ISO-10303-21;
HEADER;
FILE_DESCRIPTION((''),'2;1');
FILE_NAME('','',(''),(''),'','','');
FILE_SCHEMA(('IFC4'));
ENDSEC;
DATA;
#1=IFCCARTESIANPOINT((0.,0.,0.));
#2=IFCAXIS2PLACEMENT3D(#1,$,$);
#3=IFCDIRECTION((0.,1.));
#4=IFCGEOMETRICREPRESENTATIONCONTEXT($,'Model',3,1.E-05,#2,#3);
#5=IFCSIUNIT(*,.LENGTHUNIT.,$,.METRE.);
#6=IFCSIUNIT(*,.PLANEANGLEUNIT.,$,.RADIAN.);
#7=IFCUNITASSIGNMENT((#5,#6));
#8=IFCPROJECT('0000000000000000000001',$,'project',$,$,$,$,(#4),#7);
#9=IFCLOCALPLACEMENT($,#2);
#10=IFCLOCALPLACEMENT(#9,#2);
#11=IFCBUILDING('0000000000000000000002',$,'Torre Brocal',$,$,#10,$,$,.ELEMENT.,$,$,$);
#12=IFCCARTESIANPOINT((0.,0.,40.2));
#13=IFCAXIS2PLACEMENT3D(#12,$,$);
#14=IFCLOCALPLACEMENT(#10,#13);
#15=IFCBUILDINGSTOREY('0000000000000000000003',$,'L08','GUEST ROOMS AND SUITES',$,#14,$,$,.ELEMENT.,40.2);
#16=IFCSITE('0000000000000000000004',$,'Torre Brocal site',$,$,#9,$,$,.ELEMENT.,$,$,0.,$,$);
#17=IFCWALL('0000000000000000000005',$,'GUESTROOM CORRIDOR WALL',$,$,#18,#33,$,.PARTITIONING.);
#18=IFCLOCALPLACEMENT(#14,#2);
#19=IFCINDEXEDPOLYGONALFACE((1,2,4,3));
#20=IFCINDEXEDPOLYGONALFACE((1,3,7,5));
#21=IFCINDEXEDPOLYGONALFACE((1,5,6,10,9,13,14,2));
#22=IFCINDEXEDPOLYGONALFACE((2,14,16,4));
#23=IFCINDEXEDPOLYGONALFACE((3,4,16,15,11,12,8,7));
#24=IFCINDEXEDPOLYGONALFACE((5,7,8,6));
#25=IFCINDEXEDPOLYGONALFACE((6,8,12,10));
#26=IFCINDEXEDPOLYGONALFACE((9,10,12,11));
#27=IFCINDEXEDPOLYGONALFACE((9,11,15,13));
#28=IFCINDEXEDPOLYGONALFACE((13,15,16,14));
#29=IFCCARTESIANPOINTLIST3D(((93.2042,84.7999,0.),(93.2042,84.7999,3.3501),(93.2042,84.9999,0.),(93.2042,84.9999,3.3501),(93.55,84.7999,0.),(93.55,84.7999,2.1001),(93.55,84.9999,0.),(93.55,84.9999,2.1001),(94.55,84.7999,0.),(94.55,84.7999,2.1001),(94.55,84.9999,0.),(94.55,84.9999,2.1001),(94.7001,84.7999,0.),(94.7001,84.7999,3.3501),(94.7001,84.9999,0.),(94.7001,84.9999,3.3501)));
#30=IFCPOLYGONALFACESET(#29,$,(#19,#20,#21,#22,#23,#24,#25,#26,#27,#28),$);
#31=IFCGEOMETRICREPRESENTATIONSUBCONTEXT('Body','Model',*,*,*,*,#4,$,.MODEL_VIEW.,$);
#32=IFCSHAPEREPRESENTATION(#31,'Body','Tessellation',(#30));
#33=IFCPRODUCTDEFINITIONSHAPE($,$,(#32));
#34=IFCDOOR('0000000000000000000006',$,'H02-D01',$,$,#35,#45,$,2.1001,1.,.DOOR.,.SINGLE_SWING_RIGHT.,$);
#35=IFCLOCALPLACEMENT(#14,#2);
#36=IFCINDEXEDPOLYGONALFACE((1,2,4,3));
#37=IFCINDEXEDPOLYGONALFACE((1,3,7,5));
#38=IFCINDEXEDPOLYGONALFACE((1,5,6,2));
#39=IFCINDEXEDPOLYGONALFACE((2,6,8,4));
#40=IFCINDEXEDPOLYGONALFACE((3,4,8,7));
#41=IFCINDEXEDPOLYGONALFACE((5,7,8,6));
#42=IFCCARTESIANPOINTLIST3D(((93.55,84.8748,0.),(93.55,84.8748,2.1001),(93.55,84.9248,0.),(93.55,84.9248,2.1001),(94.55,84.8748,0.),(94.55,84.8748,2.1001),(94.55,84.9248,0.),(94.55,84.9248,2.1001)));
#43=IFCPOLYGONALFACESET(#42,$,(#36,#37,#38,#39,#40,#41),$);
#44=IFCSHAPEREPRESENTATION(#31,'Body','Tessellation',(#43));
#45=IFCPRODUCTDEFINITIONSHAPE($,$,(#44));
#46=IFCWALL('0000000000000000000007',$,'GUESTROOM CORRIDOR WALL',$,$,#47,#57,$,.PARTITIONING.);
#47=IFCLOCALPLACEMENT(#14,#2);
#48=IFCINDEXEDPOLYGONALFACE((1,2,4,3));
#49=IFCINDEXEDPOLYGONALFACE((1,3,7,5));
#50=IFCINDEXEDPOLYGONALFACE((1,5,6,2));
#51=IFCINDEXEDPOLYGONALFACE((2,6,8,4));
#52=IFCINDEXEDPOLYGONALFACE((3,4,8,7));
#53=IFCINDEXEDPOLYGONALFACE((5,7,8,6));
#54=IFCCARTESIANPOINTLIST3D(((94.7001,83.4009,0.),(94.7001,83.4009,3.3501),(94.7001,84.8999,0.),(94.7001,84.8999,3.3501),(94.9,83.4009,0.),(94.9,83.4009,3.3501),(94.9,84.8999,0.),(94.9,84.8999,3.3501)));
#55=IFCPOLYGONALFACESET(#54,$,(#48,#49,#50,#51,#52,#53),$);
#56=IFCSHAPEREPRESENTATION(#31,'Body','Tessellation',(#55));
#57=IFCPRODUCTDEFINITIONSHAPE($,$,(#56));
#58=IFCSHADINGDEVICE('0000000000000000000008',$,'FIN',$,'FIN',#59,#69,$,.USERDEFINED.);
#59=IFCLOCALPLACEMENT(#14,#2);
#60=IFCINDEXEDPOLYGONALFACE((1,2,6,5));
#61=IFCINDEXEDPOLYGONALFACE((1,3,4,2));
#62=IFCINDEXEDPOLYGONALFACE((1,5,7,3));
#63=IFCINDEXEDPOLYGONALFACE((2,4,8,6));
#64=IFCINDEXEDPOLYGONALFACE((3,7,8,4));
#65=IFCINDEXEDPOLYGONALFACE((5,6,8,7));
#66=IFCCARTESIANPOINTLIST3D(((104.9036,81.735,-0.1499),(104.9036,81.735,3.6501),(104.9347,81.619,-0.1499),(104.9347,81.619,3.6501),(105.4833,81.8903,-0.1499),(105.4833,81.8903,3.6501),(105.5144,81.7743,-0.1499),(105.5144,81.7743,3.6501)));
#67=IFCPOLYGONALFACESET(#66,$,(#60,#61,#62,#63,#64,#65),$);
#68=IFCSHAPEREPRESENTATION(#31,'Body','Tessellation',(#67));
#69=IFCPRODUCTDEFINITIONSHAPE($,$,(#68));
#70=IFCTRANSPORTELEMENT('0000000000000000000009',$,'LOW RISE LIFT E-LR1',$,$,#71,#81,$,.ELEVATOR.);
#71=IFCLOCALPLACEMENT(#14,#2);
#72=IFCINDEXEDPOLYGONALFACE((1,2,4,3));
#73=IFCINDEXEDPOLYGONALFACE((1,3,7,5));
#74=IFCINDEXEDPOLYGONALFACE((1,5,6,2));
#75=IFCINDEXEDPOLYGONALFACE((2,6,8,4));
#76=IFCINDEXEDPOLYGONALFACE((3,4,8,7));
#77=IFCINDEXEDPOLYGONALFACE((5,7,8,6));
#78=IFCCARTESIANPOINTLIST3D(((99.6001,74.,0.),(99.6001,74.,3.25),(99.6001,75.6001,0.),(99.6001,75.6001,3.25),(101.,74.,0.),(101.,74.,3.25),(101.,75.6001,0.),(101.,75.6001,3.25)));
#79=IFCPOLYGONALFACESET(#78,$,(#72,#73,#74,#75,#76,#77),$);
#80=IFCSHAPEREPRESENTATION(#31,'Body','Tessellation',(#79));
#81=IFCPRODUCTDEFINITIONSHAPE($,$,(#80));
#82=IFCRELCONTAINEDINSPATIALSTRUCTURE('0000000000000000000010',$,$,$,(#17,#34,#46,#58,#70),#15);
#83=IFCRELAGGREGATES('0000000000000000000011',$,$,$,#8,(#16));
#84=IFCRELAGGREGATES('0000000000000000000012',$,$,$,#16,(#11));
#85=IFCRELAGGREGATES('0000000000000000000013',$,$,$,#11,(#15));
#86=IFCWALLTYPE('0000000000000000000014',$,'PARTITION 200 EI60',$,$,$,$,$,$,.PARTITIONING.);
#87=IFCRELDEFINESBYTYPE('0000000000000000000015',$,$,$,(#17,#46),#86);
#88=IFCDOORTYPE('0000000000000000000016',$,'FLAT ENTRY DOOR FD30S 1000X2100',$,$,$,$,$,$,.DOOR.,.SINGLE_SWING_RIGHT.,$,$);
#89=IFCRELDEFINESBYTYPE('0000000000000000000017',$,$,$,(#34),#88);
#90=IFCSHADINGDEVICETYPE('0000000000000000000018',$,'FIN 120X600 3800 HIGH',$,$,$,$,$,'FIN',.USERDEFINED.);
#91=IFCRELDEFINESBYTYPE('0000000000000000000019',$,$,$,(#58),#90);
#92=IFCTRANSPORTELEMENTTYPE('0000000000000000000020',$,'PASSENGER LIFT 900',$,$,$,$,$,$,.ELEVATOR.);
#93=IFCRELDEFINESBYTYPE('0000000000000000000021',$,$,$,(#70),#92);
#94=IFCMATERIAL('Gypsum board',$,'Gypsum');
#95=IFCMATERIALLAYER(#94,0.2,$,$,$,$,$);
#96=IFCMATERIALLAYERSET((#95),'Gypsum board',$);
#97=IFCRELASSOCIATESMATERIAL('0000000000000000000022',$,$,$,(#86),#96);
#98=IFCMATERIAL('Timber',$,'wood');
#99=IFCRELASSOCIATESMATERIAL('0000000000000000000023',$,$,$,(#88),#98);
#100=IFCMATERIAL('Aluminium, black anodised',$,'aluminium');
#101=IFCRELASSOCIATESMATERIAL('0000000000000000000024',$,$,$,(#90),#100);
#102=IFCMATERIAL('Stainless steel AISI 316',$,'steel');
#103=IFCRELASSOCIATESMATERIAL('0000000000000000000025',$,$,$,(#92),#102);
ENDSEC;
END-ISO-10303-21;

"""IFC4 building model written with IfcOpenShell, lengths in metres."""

from ifc_helpers import new_model, si_unit, direction, frame, frame_2d, origin, origin_2d, place, context, subcontext, project, spatial, rectangle, extrude, material, layer, layer_set, material_profile, profile_set, type_object, element, fill, save


model = new_model("IFC4")

# Units and contexts
model_context = context("Model", 3, precision=1e-05, world=origin(), true_north=direction((0.0, 1.0)))
body_context = subcontext(model_context, "Body", "Model", "MODEL_VIEW")
ifc_project = project(units=[si_unit("LENGTHUNIT", "METRE"), si_unit("PLANEANGLEUNIT", "RADIAN")], contexts=[model_context])

# Site, building, storey
site_placement = place(None, origin())
site = spatial("IfcSite", under=ifc_project, at=site_placement, Name="Torre Brocal site", CompositionType="ELEMENT", RefElevation=0.0)
building_placement = place(site_placement, origin())
building = spatial("IfcBuilding", under=site, at=building_placement, Name="Torre Brocal", CompositionType="ELEMENT")
storey_placement = place(building_placement, frame((0.0, 0.0, 40.2)))
storey = spatial("IfcBuildingStorey", under=building, at=storey_placement, Name="L08", Description="GUEST ROOMS AND SUITES", CompositionType="ELEMENT", Elevation=40.2)

# Wall, opening, door
ifc_material_1 = material(Name="Gypsum board", Category="Gypsum")
ifc_layer_1 = layer(ifc_material_1, 0.2)
ifc_layer_set_1 = layer_set([ifc_layer_1], Name="Gypsum board")
wall_type_1 = type_object("IfcWallType", Name="PARTITION 200 EI60", PredefinedType="PARTITIONING", material=ifc_layer_set_1)
wall_1_placement = place(storey_placement, frame((93.2041, 84.8999, 0.0), z_axis=(0.0, 0.0, 1.0), x_axis=(1.0, 0.0, 0.0)))
wall_1 = element("IfcWall", 1, at=wall_1_placement, inside=storey, type_object=wall_type_1, Name="GUESTROOM CORRIDOR WALL", PredefinedType="PARTITIONING", context=body_context, shape_type="SweptSolid", body=[
    extrude(rectangle(XDim=1.4958, YDim=0.2, at=frame_2d((0.748, 0.0))), origin(), (0.0, 0.0, 1.0), 3.3501),
])
opening_1_placement = place(wall_1_placement, frame((0.3459, 0.0, 0.0)))
opening_1 = element("IfcOpeningElement", 2, at=opening_1_placement, cuts=wall_1, PredefinedType="OPENING", context=body_context, shape_type="SweptSolid", body=[
    extrude(rectangle(XDim=1.0, YDim=2.1001, at=frame_2d((0.5, 1.05))), frame((0.0, 0.1099, 0.0), z_axis=(0.0, -1.0, 0.0), x_axis=(1.0, 0.0, 0.0)), (0.0, 0.0, 1.0), 0.22),
])
ifc_material_2 = material(Name="Timber", Category="wood")
door_type_1 = type_object("IfcDoorType", Name="FLAT ENTRY DOOR FD30S 1000X2100", OperationType="SINGLE_SWING_RIGHT", PredefinedType="DOOR", material=ifc_material_2)
door_1_placement = place(opening_1_placement, origin())
door_1 = element("IfcDoor", 3, at=door_1_placement, inside=storey, type_object=door_type_1, Name="H02-D01", OperationType="SINGLE_SWING_RIGHT", OverallHeight=2.1001, OverallWidth=1.0, PredefinedType="DOOR", context=body_context, shape_type="SweptSolid", body=[
    extrude(rectangle(XDim=1.0, YDim=2.1001, at=frame_2d((0.5, 1.05))), frame((0.0, 0.0249, 0.0), z_axis=(0.0, -1.0, 0.0), x_axis=(1.0, 0.0, 0.0)), (0.0, 0.0, 1.0), 0.05),
])
fill(opening_1, door_1)

# Wall
wall_2_placement = place(storey_placement, frame((94.8, 83.4009, 0.0), z_axis=(0.0, 0.0, 1.0), x_axis=(0.0, 1.0, 0.0)))
element("IfcWall", 4, at=wall_2_placement, inside=storey, type_object=wall_type_1, Name="GUESTROOM CORRIDOR WALL", PredefinedType="PARTITIONING", context=body_context, shape_type="SweptSolid", body=[
    extrude(rectangle(XDim=1.499, YDim=0.2, at=frame_2d((0.7495, 0.0))), origin(), (0.0, 0.0, 1.0), 3.3501),
])

# Shading device
ifc_material_3 = material(Name="Aluminium, black anodised", Category="aluminium")
ifc_material_profile_1 = material_profile(ifc_material_3, rectangle(XDim=0.1201, YDim=0.6001, at=origin_2d()), Name="FIN 120X600 3800 HIGH")
ifc_profile_set_1 = profile_set([ifc_material_profile_1], Name="Aluminium, black anodised")
shading_device_type = type_object("IfcShadingDeviceType", Name="FIN 120X600 3800 HIGH", ElementType="FIN", PredefinedType="USERDEFINED", material=ifc_profile_set_1)
shading_device_placement = place(storey_placement, frame((105.209, 81.7546, -0.1499), z_axis=(0.0, 0.0, 1.0), x_axis=(-0.258819, 0.965926, 0.0)))
element("IfcShadingDevice", 5, at=shading_device_placement, inside=storey, type_object=shading_device_type, Name="FIN", ObjectType="FIN", PredefinedType="USERDEFINED", context=body_context, shape_type="SweptSolid", body=[
    extrude(rectangle(XDim=0.1201, YDim=0.6001, at=origin_2d()), origin(), (0.0, 0.0, 1.0), 3.8),
])

# Transport element
ifc_material_4 = material(Name="Stainless steel AISI 316", Category="steel")
transport_element_type = type_object("IfcTransportElementType", Name="PASSENGER LIFT 900", PredefinedType="ELEVATOR", material=ifc_material_4)
transport_element_placement = place(storey_placement, frame((100.3, 74.8, 0.0), z_axis=(0.0, 0.0, 1.0), x_axis=(1.0, 0.0, 0.0)))
element("IfcTransportElement", 6, at=transport_element_placement, inside=storey, type_object=transport_element_type, Name="LOW RISE LIFT E-LR1", PredefinedType="ELEVATOR", context=body_context, shape_type="SweptSolid", body=[
    extrude(rectangle(XDim=1.3999, YDim=1.6001, at=origin_2d()), origin(), (0.0, 0.0, 1.0), 3.25),
])

save(model, "model.ifc")
